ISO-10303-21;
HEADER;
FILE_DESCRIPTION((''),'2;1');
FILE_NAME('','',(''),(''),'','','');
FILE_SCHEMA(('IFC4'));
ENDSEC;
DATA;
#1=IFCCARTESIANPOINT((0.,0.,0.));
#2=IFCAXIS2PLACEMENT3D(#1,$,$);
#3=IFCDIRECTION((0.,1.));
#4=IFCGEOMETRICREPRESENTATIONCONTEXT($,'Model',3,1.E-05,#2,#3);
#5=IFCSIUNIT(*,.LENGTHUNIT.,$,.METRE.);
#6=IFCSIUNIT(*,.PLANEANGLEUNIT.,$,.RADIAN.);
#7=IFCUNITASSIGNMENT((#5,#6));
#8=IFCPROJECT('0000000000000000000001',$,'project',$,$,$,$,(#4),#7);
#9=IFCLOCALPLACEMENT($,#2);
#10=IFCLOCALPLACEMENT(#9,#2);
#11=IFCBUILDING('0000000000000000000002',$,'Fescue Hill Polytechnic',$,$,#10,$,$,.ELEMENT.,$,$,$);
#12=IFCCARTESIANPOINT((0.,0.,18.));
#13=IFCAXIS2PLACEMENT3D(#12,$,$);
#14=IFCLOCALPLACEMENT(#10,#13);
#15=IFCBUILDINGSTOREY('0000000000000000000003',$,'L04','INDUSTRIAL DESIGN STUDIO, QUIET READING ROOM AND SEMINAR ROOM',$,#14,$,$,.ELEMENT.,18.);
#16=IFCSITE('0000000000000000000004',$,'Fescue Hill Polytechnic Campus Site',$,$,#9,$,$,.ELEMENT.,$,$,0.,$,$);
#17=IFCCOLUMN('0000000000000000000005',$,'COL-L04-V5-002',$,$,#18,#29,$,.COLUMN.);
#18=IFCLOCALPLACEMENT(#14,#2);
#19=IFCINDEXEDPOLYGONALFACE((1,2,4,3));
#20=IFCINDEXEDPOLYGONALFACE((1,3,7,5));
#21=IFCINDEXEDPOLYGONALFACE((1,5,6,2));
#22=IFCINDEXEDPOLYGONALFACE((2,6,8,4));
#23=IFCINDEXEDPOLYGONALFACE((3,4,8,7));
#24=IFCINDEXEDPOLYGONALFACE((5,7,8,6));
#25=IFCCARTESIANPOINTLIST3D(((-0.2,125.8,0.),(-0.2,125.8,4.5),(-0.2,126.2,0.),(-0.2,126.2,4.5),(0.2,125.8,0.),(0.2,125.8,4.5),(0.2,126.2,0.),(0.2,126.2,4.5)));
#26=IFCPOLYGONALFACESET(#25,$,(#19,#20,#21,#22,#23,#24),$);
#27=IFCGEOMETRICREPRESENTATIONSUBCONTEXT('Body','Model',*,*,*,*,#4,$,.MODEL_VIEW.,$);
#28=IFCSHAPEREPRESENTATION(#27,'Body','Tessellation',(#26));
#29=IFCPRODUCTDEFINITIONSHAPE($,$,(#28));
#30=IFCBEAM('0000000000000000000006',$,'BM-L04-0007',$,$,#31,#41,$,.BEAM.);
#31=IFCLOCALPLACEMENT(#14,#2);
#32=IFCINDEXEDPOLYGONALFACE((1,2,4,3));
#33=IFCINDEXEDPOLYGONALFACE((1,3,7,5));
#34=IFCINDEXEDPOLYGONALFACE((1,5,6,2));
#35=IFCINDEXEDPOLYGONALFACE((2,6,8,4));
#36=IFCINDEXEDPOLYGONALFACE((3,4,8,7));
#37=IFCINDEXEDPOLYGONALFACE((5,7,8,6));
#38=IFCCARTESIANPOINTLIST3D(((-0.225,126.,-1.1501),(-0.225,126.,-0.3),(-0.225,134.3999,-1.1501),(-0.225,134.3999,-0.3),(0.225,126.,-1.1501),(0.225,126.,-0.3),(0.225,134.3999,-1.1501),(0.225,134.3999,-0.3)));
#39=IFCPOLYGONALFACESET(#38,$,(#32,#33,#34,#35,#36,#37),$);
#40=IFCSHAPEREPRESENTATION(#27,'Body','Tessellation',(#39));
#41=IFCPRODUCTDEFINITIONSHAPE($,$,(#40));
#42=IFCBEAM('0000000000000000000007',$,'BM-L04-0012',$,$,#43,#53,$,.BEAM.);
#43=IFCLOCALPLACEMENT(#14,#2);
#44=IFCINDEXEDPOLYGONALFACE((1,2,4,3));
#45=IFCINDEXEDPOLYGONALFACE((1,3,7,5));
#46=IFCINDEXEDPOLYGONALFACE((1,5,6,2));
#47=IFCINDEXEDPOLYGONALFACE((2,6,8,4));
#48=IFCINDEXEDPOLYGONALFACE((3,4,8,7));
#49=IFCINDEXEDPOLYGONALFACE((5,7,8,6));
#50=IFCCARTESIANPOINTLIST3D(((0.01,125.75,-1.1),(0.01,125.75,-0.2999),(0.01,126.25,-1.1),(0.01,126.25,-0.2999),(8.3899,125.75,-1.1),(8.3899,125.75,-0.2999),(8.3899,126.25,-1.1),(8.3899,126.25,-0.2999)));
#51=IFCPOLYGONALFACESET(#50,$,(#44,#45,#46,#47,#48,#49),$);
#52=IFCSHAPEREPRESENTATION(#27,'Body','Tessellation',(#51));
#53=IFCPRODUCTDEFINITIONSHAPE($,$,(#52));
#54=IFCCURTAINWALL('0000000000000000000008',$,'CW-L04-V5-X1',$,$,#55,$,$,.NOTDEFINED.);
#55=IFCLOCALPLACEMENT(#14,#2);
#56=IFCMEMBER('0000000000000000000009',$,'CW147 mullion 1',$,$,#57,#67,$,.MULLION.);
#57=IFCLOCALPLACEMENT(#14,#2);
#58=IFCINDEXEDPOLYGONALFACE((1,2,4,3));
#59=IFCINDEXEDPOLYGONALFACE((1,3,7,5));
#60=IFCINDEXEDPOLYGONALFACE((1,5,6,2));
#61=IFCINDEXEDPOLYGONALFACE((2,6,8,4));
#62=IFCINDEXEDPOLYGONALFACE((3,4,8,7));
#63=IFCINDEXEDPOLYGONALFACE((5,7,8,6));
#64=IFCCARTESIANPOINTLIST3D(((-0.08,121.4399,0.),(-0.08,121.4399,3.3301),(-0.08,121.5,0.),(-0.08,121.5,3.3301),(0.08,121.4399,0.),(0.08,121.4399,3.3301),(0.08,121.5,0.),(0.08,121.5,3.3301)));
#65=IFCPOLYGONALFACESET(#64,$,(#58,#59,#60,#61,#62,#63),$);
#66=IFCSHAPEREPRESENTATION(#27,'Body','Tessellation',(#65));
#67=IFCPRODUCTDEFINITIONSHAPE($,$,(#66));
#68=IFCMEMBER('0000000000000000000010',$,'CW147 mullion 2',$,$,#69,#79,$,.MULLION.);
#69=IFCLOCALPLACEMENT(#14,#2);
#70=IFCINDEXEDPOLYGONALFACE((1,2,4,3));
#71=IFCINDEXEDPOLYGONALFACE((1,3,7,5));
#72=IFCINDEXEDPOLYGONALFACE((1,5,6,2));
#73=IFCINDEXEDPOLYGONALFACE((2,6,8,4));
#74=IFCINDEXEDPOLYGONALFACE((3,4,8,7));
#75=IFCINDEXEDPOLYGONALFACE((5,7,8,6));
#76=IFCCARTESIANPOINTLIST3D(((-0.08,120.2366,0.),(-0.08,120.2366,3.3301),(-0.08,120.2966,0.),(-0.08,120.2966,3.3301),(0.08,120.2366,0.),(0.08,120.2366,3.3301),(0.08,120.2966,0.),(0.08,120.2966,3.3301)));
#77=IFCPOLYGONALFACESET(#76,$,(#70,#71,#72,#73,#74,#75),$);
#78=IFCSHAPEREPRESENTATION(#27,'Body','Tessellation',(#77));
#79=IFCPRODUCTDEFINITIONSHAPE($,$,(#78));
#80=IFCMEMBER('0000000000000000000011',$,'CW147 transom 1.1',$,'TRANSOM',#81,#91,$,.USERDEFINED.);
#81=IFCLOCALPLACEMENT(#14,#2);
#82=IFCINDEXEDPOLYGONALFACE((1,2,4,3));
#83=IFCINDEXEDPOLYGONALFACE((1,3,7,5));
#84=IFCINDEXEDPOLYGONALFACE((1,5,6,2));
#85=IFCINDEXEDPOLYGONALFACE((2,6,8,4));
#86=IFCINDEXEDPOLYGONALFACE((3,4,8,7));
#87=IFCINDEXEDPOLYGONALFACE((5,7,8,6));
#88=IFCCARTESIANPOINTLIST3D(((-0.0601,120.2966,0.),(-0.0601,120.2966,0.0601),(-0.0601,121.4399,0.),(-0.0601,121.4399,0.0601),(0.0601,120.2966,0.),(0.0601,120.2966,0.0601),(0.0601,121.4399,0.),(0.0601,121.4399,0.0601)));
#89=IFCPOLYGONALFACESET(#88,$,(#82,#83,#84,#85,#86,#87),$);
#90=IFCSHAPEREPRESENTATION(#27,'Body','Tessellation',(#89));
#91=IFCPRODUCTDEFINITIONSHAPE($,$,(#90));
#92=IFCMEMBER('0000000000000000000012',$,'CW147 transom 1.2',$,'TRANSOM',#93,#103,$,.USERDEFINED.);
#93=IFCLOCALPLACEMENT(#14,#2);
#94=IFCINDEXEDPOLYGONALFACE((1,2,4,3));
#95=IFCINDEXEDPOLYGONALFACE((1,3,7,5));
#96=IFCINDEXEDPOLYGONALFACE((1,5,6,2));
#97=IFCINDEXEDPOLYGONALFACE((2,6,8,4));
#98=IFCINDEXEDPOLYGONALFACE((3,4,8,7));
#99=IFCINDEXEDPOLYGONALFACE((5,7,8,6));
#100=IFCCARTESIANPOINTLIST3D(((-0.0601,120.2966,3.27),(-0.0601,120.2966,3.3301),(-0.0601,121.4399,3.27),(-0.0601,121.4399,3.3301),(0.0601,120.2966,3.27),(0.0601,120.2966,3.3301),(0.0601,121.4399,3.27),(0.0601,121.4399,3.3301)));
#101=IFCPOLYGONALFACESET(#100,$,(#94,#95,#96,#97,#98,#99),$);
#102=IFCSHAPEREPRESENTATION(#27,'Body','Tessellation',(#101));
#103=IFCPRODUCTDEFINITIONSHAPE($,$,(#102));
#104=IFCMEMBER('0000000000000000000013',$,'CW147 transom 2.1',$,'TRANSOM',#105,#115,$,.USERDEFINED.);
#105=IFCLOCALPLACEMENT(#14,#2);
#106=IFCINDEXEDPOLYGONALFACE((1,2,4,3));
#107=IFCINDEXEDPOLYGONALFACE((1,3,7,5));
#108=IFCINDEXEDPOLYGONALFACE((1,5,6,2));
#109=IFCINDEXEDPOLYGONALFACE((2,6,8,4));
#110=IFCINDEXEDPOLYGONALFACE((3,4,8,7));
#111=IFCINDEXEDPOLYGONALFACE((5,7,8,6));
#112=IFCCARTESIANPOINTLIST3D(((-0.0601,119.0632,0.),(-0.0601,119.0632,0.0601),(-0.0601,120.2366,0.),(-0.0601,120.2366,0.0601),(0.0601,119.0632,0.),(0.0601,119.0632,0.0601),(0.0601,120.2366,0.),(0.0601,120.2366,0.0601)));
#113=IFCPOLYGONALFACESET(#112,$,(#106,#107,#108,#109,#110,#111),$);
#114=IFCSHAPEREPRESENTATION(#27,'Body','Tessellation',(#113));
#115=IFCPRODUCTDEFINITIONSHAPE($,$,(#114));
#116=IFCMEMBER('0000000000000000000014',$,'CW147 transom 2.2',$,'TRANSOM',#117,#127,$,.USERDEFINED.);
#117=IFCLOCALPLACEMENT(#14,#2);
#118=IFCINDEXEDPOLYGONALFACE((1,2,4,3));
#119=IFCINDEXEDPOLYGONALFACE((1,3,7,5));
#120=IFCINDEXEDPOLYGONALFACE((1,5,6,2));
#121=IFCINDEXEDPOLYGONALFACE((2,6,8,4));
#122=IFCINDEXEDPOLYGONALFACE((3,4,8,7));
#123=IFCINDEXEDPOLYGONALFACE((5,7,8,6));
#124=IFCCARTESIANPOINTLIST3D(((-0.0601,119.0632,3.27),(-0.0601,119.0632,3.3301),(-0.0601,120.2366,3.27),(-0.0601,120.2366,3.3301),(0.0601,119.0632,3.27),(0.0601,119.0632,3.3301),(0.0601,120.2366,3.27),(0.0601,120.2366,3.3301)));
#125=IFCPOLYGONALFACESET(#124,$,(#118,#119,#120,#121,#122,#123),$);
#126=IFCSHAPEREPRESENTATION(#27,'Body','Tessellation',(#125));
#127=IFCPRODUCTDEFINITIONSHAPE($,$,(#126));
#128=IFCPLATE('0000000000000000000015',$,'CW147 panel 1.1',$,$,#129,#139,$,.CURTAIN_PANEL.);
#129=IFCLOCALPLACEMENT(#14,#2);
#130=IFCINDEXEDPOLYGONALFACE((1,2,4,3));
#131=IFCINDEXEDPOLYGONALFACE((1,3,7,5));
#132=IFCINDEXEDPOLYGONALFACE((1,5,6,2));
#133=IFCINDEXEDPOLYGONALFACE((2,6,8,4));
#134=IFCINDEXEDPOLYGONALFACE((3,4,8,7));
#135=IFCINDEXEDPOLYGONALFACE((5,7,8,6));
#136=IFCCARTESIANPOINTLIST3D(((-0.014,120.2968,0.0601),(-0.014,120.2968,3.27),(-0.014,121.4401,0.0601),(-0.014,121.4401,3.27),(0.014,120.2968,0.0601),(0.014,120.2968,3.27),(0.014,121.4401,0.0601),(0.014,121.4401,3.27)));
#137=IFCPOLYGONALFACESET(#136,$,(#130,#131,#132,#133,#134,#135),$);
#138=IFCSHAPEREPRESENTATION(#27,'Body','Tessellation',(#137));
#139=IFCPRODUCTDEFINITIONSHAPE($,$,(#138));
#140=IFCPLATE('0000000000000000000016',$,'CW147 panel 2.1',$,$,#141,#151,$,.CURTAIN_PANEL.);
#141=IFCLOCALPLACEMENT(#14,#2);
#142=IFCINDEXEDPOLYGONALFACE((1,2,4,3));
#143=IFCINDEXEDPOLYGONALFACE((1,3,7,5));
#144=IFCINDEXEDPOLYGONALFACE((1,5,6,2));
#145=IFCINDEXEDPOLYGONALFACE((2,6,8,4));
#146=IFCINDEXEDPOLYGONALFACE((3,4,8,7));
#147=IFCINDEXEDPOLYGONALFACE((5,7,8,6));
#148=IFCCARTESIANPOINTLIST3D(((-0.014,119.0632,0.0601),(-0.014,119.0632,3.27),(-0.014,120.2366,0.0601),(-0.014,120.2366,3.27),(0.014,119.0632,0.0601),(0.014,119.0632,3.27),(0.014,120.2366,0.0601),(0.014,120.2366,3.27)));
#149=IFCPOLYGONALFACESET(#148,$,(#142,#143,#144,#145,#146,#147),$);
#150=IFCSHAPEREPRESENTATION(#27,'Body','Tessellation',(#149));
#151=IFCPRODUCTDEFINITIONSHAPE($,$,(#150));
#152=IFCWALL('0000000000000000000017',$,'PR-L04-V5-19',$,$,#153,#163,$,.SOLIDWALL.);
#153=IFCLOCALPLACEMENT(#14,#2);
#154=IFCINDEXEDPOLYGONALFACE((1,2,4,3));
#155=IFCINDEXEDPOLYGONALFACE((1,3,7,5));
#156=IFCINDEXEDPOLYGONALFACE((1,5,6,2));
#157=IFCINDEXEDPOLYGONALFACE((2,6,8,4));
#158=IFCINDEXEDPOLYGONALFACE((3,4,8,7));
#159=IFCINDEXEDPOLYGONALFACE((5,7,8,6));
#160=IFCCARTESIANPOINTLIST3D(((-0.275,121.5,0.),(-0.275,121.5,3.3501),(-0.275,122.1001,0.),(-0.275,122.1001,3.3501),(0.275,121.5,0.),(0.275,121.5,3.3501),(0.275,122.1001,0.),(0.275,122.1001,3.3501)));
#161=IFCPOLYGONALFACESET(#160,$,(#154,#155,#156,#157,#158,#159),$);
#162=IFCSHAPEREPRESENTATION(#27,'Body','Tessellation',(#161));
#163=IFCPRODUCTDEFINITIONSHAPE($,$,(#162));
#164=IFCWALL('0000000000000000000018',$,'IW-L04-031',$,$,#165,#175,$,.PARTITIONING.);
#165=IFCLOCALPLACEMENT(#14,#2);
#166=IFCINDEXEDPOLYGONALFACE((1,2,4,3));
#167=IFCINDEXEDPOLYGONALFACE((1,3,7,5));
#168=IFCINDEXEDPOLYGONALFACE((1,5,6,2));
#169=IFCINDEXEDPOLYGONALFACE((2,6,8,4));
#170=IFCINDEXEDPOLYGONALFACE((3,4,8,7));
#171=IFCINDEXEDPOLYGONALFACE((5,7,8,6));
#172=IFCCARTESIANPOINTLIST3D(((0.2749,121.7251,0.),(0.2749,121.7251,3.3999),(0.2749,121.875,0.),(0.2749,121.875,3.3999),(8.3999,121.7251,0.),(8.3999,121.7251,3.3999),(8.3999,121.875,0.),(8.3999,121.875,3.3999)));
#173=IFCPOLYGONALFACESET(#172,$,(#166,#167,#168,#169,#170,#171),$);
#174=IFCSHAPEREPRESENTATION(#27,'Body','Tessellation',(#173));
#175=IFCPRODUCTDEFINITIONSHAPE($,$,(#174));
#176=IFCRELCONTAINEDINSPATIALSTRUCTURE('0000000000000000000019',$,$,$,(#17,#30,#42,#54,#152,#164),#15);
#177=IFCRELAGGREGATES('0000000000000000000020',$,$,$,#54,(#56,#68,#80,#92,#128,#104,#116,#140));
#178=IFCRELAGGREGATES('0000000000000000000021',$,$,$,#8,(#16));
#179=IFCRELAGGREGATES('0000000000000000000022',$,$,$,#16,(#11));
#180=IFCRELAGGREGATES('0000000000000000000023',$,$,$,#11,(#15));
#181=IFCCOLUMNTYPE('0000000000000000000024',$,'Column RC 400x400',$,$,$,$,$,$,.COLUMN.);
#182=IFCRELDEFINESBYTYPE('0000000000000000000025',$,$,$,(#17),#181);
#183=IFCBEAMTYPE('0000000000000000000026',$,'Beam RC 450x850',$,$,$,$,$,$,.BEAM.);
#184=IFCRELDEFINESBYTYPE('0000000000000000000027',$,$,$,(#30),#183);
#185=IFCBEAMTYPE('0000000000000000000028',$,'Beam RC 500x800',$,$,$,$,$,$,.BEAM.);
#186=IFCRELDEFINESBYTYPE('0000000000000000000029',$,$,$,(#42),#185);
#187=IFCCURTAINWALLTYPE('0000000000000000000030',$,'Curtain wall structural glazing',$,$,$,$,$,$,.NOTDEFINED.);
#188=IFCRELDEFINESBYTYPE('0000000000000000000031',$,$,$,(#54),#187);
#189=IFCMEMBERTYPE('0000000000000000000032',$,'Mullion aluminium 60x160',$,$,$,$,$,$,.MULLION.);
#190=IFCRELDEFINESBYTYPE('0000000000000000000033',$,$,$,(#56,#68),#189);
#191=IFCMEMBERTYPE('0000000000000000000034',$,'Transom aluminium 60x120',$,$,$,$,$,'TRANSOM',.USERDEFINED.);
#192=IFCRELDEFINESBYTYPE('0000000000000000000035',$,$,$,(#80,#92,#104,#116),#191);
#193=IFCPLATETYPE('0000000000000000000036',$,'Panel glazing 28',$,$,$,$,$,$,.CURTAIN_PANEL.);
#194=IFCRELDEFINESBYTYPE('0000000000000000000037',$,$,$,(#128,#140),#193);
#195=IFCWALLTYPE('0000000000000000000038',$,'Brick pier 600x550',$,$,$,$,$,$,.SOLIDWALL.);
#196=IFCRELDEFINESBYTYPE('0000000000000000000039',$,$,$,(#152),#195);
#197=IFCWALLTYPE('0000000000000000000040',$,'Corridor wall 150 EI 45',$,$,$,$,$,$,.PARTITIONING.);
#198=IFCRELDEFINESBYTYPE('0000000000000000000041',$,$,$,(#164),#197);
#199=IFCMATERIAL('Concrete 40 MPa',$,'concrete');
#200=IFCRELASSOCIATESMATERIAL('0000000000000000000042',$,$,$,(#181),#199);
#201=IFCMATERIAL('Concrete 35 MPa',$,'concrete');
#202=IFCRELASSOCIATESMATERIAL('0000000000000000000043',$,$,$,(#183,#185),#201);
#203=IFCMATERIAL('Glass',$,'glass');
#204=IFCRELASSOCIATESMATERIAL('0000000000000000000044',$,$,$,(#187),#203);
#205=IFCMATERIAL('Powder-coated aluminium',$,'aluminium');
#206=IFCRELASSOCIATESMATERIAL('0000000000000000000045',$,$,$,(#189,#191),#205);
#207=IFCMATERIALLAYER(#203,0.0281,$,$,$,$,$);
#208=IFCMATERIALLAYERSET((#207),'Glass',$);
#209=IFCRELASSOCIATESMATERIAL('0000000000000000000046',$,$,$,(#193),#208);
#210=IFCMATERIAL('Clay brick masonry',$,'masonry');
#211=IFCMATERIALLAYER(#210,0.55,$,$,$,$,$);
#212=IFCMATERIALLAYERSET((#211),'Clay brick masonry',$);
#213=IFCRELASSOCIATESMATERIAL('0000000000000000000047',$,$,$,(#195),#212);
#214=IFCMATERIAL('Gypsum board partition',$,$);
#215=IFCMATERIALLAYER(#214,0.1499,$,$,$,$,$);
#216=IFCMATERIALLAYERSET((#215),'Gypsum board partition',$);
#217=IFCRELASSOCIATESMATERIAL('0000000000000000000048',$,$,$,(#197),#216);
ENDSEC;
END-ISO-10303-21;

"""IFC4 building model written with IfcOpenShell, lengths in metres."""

from ifc_helpers import new_model, si_unit, direction, frame, frame_2d, origin, origin_2d, place, context, subcontext, project, spatial, rectangle, extrude, material, layer, layer_set, material_profile, profile_set, type_object, element, aggregate, save


model = new_model("IFC4")

# Units and contexts
model_context = context("Model", 3, precision=1e-05, world=origin(), true_north=direction((0.0, 1.0)))
body_context = subcontext(model_context, "Body", "Model", "MODEL_VIEW")
ifc_project = project(units=[si_unit("LENGTHUNIT", "METRE"), si_unit("PLANEANGLEUNIT", "RADIAN")], contexts=[model_context])

# Site, building, storey
site_placement = place(None, origin())
site = spatial("IfcSite", under=ifc_project, at=site_placement, Name="Fescue Hill Polytechnic Campus Site", CompositionType="ELEMENT", RefElevation=0.0)
building_placement = place(site_placement, origin())
building = spatial("IfcBuilding", under=site, at=building_placement, Name="Fescue Hill Polytechnic", CompositionType="ELEMENT")
storey_placement = place(building_placement, frame((0.0, 0.0, 18.0)))
storey = spatial("IfcBuildingStorey", under=building, at=storey_placement, Name="L04", Description="INDUSTRIAL DESIGN STUDIO, QUIET READING ROOM AND SEMINAR ROOM", CompositionType="ELEMENT", Elevation=18.0)

# Column
ifc_material_1 = material(Name="Concrete 40 MPa", Category="concrete")
ifc_material_profile_1 = material_profile(ifc_material_1, rectangle(XDim=0.3999, YDim=0.3999, at=origin_2d()), Name="RC 400x400")
ifc_profile_set_1 = profile_set([ifc_material_profile_1], Name="Concrete 40 MPa")
column_type = type_object("IfcColumnType", Name="Column RC 400x400", PredefinedType="COLUMN", material=ifc_profile_set_1)
column_placement = place(storey_placement, frame((0.0, 126.0, 0.0), z_axis=(0.0, 0.0, 1.0), x_axis=(1.0, 0.0, 0.0)))
element("IfcColumn", 1, at=column_placement, inside=storey, type_object=column_type, Name="COL-L04-V5-002", PredefinedType="COLUMN", context=body_context, shape_type="SweptSolid", body=[
    extrude(rectangle(XDim=0.3999, YDim=0.3999, at=origin_2d()), origin(), (0.0, 0.0, 1.0), 4.5),
])

# Beams
ifc_material_2 = material(Name="Concrete 35 MPa", Category="concrete")
ifc_material_profile_2 = material_profile(ifc_material_2, rectangle(XDim=0.45, YDim=0.8501, at=origin_2d()), Name="RC 450x850")
ifc_profile_set_2 = profile_set([ifc_material_profile_2], Name="Concrete 35 MPa")
beam_type_1 = type_object("IfcBeamType", Name="Beam RC 450x850", PredefinedType="BEAM", material=ifc_profile_set_2)
beam_1_placement = place(storey_placement, frame((0.0, 126.0, -0.7251), z_axis=(0.0, 1.0, 0.0), x_axis=(-1.0, 0.0, 0.0)))
element("IfcBeam", 2, at=beam_1_placement, inside=storey, type_object=beam_type_1, Name="BM-L04-0007", PredefinedType="BEAM", context=body_context, shape_type="SweptSolid", body=[
    extrude(rectangle(XDim=0.45, YDim=0.8501, at=origin_2d()), origin(), (0.0, 0.0, 1.0), 8.3999),
])
ifc_material_profile_3 = material_profile(ifc_material_2, rectangle(XDim=0.5, YDim=0.8, at=origin_2d()), Name="RC 500x800")
ifc_profile_set_3 = profile_set([ifc_material_profile_3], Name="Concrete 35 MPa")
beam_type_2 = type_object("IfcBeamType", Name="Beam RC 500x800", PredefinedType="BEAM", material=ifc_profile_set_3)
beam_2_placement = place(storey_placement, frame((0.01, 126.0, -0.7), z_axis=(1.0, 0.0, 0.0), x_axis=(0.0, 1.0, 0.0)))
element("IfcBeam", 3, at=beam_2_placement, inside=storey, type_object=beam_type_2, Name="BM-L04-0012", PredefinedType="BEAM", context=body_context, shape_type="SweptSolid", body=[
    extrude(rectangle(XDim=0.5, YDim=0.8, at=origin_2d()), origin(), (0.0, 0.0, 1.0), 8.3799),
])

# Curtain wall, members, plates
ifc_material_3 = material(Name="Glass", Category="glass")
curtain_wall_type = type_object("IfcCurtainWallType", Name="Curtain wall structural glazing", PredefinedType="NOTDEFINED", material=ifc_material_3)
curtain_wall_placement = place(storey_placement, origin())
curtain_wall = element("IfcCurtainWall", 4, at=curtain_wall_placement, inside=storey, type_object=curtain_wall_type, Name="CW-L04-V5-X1", PredefinedType="NOTDEFINED")
ifc_material_4 = material(Name="Powder-coated aluminium", Category="aluminium")
ifc_material_profile_4 = material_profile(ifc_material_4, rectangle(XDim=0.1599, YDim=0.0601, at=origin_2d()), Name="Mullion aluminium 60x160")
ifc_profile_set_4 = profile_set([ifc_material_profile_4], Name="Powder-coated aluminium")
member_type_1 = type_object("IfcMemberType", Name="Mullion aluminium 60x160", PredefinedType="MULLION", material=ifc_profile_set_4)
member_1_placement = place(storey_placement, frame((0.0, 121.47, 0.0), z_axis=(0.0, 0.0, 1.0), x_axis=(1.0, 0.0, 0.0)))
member_1 = element("IfcMember", 5, at=member_1_placement, type_object=member_type_1, Name="CW147 mullion 1", PredefinedType="MULLION", context=body_context, shape_type="SweptSolid", body=[
    extrude(rectangle(XDim=0.1599, YDim=0.0601, at=origin_2d()), origin(), (0.0, 0.0, 1.0), 3.3301),
])
member_2_placement = place(storey_placement, frame((0.0, 120.2666, 0.0), z_axis=(0.0, 0.0, 1.0), x_axis=(1.0, 0.0, 0.0)))
member_2 = element("IfcMember", 6, at=member_2_placement, type_object=member_type_1, Name="CW147 mullion 2", PredefinedType="MULLION", context=body_context, shape_type="SweptSolid", body=[
    extrude(rectangle(XDim=0.1599, YDim=0.0601, at=origin_2d()), origin(), (0.0, 0.0, 1.0), 3.3301),
])
ifc_material_profile_5 = material_profile(ifc_material_4, rectangle(XDim=0.1201, YDim=0.0601, at=origin_2d()), Name="Transom aluminium 60x120")
ifc_profile_set_5 = profile_set([ifc_material_profile_5], Name="Powder-coated aluminium")
member_type_2 = type_object("IfcMemberType", Name="Transom aluminium 60x120", ElementType="TRANSOM", PredefinedType="USERDEFINED", material=ifc_profile_set_5)
member_3_placement = place(storey_placement, frame((0.0, 121.4399, 0.03), z_axis=(0.0, -1.0, 0.0), x_axis=(1.0, 0.0, 0.0)))
member_3 = element("IfcMember", 7, at=member_3_placement, type_object=member_type_2, Name="CW147 transom 1.1", ObjectType="TRANSOM", PredefinedType="USERDEFINED", context=body_context, shape_type="SweptSolid", body=[
    extrude(rectangle(XDim=0.1201, YDim=0.0601, at=origin_2d()), origin(), (0.0, 0.0, 1.0), 1.1433),
])
member_4_placement = place(storey_placement, frame((0.0, 121.4399, 3.3), z_axis=(0.0, -1.0, 0.0), x_axis=(1.0, 0.0, 0.0)))
member_4 = element("IfcMember", 8, at=member_4_placement, type_object=member_type_2, Name="CW147 transom 1.2", ObjectType="TRANSOM", PredefinedType="USERDEFINED", context=body_context, shape_type="SweptSolid", body=[
    extrude(rectangle(XDim=0.1201, YDim=0.0601, at=origin_2d()), origin(), (0.0, 0.0, 1.0), 1.1433),
])
member_5_placement = place(storey_placement, frame((0.0, 120.2366, 0.03), z_axis=(0.0, -1.0, 0.0), x_axis=(1.0, 0.0, 0.0)))
member_5 = element("IfcMember", 9, at=member_5_placement, type_object=member_type_2, Name="CW147 transom 2.1", ObjectType="TRANSOM", PredefinedType="USERDEFINED", context=body_context, shape_type="SweptSolid", body=[
    extrude(rectangle(XDim=0.1201, YDim=0.0601, at=origin_2d()), origin(), (0.0, 0.0, 1.0), 1.1733),
])
member_6_placement = place(storey_placement, frame((0.0, 120.2366, 3.3), z_axis=(0.0, -1.0, 0.0), x_axis=(1.0, 0.0, 0.0)))
member_6 = element("IfcMember", 10, at=member_6_placement, type_object=member_type_2, Name="CW147 transom 2.2", ObjectType="TRANSOM", PredefinedType="USERDEFINED", context=body_context, shape_type="SweptSolid", body=[
    extrude(rectangle(XDim=0.1201, YDim=0.0601, at=origin_2d()), origin(), (0.0, 0.0, 1.0), 1.1733),
])
ifc_layer_1 = layer(ifc_material_3, 0.0281)
ifc_layer_set_1 = layer_set([ifc_layer_1], Name="Glass")
plate_type = type_object("IfcPlateType", Name="Panel glazing 28", PredefinedType="CURTAIN_PANEL", material=ifc_layer_set_1)
plate_1_placement = place(storey_placement, frame((0.0, 120.8684, 0.0601), z_axis=(0.0, 0.0, 1.0), x_axis=(0.0, -1.0, 0.0)))
plate_1 = element("IfcPlate", 11, at=plate_1_placement, type_object=plate_type, Name="CW147 panel 1.1", PredefinedType="CURTAIN_PANEL", context=body_context, shape_type="SweptSolid", body=[
    extrude(rectangle(XDim=1.1433, YDim=0.0281, at=origin_2d()), origin(), (0.0, 0.0, 1.0), 3.21),
])
plate_2_placement = place(storey_placement, frame((0.0, 119.6499, 0.0601), z_axis=(0.0, 0.0, 1.0), x_axis=(0.0, -1.0, 0.0)))
plate_2 = element("IfcPlate", 12, at=plate_2_placement, type_object=plate_type, Name="CW147 panel 2.1", PredefinedType="CURTAIN_PANEL", context=body_context, shape_type="SweptSolid", body=[
    extrude(rectangle(XDim=1.1733, YDim=0.0281, at=origin_2d()), origin(), (0.0, 0.0, 1.0), 3.21),
])
aggregate(curtain_wall, [member_1, member_2, member_3, member_4, plate_1, member_5, member_6, plate_2])

# Walls
ifc_material_5 = material(Name="Clay brick masonry", Category="masonry")
ifc_layer_2 = layer(ifc_material_5, 0.55)
ifc_layer_set_2 = layer_set([ifc_layer_2], Name="Clay brick masonry")
wall_type_1 = type_object("IfcWallType", Name="Brick pier 600x550", PredefinedType="SOLIDWALL", material=ifc_layer_set_2)
wall_1_placement = place(storey_placement, frame((0.0, 122.1001, 0.0), z_axis=(0.0, 0.0, 1.0), x_axis=(0.0, -1.0, 0.0)))
element("IfcWall", 13, at=wall_1_placement, inside=storey, type_object=wall_type_1, Name="PR-L04-V5-19", PredefinedType="SOLIDWALL", context=body_context, shape_type="SweptSolid", body=[
    extrude(rectangle(XDim=0.6001, YDim=0.55, at=frame_2d((0.3, 0.0))), origin(), (0.0, 0.0, 1.0), 3.3501),
])
ifc_material_6 = material(Name="Gypsum board partition")
ifc_layer_3 = layer(ifc_material_6, 0.1499)
ifc_layer_set_3 = layer_set([ifc_layer_3], Name="Gypsum board partition")
wall_type_2 = type_object("IfcWallType", Name="Corridor wall 150 EI 45", PredefinedType="PARTITIONING", material=ifc_layer_set_3)
wall_2_placement = place(storey_placement, frame((0.2749, 121.8, 0.0), z_axis=(0.0, 0.0, 1.0), x_axis=(1.0, 0.0, 0.0)))
element("IfcWall", 14, at=wall_2_placement, inside=storey, type_object=wall_type_2, Name="IW-L04-031", PredefinedType="PARTITIONING", context=body_context, shape_type="SweptSolid", body=[
    extrude(rectangle(XDim=8.125, YDim=0.1499, at=frame_2d((4.0625, 0.0))), origin(), (0.0, 0.0, 1.0), 3.3999),
])

save(model, "model.ifc")
